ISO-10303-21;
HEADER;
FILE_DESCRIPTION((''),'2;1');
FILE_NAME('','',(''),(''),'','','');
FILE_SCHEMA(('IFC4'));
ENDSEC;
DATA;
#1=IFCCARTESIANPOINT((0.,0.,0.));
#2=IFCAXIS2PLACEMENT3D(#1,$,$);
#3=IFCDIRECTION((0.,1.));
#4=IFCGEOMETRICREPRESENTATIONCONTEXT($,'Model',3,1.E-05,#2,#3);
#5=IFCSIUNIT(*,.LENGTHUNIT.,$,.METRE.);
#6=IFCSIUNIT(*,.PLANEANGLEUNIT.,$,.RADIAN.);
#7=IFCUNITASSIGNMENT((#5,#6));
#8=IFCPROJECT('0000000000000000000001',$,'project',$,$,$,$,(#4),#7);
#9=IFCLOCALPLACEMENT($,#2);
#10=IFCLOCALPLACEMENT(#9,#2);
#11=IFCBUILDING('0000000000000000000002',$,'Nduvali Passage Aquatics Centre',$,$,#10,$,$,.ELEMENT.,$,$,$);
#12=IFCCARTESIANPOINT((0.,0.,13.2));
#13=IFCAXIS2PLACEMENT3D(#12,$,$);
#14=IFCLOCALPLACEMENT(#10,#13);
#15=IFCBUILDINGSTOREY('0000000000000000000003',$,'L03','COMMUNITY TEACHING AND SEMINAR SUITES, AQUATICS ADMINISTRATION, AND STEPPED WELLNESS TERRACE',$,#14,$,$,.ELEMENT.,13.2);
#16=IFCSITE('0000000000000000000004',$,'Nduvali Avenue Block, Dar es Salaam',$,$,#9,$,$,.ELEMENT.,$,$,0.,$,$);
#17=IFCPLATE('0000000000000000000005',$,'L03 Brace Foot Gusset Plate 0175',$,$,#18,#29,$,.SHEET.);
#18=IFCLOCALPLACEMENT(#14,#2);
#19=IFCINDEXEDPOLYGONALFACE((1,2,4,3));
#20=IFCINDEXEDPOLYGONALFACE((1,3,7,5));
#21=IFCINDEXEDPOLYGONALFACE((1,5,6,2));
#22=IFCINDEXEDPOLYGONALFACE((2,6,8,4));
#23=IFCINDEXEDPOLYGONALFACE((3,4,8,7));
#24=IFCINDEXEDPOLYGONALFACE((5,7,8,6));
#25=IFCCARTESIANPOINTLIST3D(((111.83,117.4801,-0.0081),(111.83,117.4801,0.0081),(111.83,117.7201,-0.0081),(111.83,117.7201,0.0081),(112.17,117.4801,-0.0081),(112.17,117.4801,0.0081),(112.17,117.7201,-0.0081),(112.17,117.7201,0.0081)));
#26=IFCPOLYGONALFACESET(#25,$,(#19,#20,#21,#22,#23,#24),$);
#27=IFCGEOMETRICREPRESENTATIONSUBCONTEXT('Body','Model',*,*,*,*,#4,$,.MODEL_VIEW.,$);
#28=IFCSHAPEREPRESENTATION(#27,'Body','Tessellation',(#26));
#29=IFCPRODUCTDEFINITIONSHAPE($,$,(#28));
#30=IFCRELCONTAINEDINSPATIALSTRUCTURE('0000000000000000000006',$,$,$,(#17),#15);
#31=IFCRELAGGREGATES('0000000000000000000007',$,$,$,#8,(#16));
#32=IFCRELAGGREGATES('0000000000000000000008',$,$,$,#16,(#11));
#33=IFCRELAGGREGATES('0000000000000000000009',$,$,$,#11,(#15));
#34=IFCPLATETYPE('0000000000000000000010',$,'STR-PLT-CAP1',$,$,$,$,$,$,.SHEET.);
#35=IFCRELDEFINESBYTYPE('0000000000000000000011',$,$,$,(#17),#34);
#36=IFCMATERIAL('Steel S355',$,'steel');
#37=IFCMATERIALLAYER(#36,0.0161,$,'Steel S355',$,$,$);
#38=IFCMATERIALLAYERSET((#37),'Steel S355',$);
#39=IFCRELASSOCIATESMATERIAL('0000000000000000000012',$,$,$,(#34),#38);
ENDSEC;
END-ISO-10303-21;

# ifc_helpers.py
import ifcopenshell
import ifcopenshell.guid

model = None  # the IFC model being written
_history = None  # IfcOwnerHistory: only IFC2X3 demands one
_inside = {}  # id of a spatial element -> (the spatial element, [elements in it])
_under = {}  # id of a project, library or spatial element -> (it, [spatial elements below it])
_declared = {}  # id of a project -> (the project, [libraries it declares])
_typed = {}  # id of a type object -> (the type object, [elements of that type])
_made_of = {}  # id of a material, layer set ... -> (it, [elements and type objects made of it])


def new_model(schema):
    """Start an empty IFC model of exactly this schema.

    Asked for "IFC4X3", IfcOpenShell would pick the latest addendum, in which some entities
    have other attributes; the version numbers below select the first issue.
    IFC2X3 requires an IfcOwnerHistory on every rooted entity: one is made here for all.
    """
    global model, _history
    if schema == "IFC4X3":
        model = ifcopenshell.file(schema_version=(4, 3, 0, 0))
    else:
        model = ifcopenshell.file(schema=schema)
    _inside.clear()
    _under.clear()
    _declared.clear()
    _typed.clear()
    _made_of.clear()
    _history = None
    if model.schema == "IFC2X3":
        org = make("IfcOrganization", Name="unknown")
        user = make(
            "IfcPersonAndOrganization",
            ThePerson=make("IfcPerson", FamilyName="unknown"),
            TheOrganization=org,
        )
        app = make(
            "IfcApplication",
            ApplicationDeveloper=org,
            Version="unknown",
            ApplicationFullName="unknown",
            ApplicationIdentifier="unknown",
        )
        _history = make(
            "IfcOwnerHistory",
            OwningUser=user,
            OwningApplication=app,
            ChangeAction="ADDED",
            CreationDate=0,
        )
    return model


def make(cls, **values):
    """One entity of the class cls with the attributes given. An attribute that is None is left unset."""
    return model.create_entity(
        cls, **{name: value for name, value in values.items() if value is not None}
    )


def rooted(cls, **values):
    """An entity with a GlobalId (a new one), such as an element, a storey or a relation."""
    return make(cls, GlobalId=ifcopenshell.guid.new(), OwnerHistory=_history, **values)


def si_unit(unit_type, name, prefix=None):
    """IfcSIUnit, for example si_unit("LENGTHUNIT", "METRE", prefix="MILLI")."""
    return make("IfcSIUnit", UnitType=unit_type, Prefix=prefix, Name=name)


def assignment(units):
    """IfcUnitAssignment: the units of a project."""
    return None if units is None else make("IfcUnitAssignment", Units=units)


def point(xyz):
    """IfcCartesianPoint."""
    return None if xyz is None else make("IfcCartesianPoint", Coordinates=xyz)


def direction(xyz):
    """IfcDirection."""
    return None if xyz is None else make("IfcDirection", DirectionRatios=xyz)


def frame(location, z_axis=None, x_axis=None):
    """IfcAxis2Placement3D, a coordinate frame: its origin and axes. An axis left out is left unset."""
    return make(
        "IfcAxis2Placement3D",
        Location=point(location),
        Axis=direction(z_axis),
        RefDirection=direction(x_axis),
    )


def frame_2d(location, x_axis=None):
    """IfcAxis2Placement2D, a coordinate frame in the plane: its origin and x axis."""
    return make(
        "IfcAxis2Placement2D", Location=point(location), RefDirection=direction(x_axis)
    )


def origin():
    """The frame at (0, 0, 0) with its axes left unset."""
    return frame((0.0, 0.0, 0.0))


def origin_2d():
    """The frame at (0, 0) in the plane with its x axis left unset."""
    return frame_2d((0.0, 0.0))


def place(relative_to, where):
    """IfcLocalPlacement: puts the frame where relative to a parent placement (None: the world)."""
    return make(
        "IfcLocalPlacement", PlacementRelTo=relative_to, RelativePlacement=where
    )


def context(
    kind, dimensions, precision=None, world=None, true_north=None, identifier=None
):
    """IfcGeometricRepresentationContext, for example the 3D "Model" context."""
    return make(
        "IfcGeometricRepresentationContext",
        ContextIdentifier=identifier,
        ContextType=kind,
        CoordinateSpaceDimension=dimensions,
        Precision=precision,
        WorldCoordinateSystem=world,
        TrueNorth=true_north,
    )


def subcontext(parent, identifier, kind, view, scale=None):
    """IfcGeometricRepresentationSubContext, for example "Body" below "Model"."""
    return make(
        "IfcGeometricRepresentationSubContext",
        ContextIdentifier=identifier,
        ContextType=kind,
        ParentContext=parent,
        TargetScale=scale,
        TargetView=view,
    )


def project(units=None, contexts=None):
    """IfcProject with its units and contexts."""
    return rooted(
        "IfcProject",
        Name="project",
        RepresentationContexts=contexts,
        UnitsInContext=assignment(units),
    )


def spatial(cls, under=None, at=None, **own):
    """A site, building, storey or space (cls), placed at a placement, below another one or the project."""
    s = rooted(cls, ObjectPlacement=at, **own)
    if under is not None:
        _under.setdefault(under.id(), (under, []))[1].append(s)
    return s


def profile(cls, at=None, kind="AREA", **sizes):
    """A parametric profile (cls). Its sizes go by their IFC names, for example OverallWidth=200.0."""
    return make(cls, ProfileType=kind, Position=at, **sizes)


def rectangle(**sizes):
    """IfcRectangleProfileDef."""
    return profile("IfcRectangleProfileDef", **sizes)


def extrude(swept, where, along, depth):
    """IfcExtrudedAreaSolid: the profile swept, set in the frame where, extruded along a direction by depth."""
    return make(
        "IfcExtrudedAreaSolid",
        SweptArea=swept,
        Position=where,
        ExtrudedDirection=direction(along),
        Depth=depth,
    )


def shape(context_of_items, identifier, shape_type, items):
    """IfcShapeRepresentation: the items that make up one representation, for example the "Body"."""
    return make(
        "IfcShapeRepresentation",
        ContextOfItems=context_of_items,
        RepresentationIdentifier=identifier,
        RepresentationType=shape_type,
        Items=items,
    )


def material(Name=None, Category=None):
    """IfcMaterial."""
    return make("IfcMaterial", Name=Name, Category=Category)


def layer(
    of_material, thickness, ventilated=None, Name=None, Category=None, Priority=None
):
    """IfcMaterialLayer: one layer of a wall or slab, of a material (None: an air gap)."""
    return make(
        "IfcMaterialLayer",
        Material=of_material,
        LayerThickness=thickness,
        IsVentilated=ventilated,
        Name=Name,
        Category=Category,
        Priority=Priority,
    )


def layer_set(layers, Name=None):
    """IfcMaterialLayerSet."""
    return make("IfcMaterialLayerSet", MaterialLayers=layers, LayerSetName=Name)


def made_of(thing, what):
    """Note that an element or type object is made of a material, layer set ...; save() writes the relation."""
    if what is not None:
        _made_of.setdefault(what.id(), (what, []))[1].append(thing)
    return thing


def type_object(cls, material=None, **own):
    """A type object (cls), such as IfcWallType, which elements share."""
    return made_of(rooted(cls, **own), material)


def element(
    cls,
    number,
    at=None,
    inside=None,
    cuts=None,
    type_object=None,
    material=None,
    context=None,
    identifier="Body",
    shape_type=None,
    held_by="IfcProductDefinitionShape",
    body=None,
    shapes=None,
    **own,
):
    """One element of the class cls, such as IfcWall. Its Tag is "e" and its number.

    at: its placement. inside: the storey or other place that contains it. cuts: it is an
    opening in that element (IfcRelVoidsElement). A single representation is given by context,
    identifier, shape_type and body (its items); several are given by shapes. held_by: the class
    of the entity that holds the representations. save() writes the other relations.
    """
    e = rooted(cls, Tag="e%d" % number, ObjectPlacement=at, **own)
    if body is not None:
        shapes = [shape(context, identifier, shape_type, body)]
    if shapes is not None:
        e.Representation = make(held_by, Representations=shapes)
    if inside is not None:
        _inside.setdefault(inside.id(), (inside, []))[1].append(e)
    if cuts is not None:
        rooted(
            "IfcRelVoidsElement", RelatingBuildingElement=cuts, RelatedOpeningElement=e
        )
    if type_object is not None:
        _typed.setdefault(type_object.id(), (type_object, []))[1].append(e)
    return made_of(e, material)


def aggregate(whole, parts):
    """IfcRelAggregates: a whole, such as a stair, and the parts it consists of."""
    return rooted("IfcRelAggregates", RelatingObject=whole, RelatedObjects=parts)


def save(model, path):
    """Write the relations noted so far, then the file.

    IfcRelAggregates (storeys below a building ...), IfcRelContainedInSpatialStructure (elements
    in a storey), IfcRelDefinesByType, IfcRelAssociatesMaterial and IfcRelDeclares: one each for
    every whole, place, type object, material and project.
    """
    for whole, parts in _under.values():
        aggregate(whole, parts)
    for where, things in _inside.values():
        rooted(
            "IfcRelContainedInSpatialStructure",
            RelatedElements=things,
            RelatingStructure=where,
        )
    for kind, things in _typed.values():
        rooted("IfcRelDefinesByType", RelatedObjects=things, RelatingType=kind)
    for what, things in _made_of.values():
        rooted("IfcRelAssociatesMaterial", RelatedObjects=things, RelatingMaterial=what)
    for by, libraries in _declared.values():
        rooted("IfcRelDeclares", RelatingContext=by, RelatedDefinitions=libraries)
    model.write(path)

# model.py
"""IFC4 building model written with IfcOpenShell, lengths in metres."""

from ifc_helpers import new_model, si_unit, direction, frame, origin, origin_2d, place, context, subcontext, project, spatial, rectangle, extrude, material, layer, layer_set, type_object, element, save


model = new_model("IFC4")

# Units and contexts
model_context = context("Model", 3, precision=1e-05, world=origin(), true_north=direction((0.0, 1.0)))
body_context = subcontext(model_context, "Body", "Model", "MODEL_VIEW")
ifc_project = project(units=[si_unit("LENGTHUNIT", "METRE"), si_unit("PLANEANGLEUNIT", "RADIAN")], contexts=[model_context])

# Site, building, storey
site_placement = place(None, origin())
site = spatial("IfcSite", under=ifc_project, at=site_placement, Name="Nduvali Avenue Block, Dar es Salaam", CompositionType="ELEMENT", RefElevation=0.0)
building_placement = place(site_placement, origin())
building = spatial("IfcBuilding", under=site, at=building_placement, Name="Nduvali Passage Aquatics Centre", CompositionType="ELEMENT")
storey_placement = place(building_placement, frame((0.0, 0.0, 13.2)))
storey = spatial("IfcBuildingStorey", under=building, at=storey_placement, Name="L03", Description="COMMUNITY TEACHING AND SEMINAR SUITES, AQUATICS ADMINISTRATION, AND STEPPED WELLNESS TERRACE", CompositionType="ELEMENT", Elevation=13.2)

# Shared definitions
ifc_material_1 = material(Name="Steel S355", Category="steel")

# Plate
ifc_layer_1 = layer(ifc_material_1, 0.0161, Name="Steel S355")
ifc_layer_set_1 = layer_set([ifc_layer_1], Name="Steel S355")
plate_type_1 = type_object("IfcPlateType", Name="STR-PLT-CAP1", PredefinedType="SHEET", material=ifc_layer_set_1)
plate_1_placement = place(storey_placement, frame((112.0, 117.6001, -0.0081), z_axis=(0.0, 0.0, 1.0), x_axis=(1.0, 0.0, 0.0)))
element("IfcPlate", 1, at=plate_1_placement, inside=storey, type_object=plate_type_1, Name="L03 Brace Foot Gusset Plate 0175", PredefinedType="SHEET", context=body_context, shape_type="SweptSolid", body=[
    extrude(rectangle(XDim=0.3401, YDim=0.24, at=origin_2d()), origin(), (0.0, 0.0, 1.0), 0.0161),
])

save(model, "model.ifc")
